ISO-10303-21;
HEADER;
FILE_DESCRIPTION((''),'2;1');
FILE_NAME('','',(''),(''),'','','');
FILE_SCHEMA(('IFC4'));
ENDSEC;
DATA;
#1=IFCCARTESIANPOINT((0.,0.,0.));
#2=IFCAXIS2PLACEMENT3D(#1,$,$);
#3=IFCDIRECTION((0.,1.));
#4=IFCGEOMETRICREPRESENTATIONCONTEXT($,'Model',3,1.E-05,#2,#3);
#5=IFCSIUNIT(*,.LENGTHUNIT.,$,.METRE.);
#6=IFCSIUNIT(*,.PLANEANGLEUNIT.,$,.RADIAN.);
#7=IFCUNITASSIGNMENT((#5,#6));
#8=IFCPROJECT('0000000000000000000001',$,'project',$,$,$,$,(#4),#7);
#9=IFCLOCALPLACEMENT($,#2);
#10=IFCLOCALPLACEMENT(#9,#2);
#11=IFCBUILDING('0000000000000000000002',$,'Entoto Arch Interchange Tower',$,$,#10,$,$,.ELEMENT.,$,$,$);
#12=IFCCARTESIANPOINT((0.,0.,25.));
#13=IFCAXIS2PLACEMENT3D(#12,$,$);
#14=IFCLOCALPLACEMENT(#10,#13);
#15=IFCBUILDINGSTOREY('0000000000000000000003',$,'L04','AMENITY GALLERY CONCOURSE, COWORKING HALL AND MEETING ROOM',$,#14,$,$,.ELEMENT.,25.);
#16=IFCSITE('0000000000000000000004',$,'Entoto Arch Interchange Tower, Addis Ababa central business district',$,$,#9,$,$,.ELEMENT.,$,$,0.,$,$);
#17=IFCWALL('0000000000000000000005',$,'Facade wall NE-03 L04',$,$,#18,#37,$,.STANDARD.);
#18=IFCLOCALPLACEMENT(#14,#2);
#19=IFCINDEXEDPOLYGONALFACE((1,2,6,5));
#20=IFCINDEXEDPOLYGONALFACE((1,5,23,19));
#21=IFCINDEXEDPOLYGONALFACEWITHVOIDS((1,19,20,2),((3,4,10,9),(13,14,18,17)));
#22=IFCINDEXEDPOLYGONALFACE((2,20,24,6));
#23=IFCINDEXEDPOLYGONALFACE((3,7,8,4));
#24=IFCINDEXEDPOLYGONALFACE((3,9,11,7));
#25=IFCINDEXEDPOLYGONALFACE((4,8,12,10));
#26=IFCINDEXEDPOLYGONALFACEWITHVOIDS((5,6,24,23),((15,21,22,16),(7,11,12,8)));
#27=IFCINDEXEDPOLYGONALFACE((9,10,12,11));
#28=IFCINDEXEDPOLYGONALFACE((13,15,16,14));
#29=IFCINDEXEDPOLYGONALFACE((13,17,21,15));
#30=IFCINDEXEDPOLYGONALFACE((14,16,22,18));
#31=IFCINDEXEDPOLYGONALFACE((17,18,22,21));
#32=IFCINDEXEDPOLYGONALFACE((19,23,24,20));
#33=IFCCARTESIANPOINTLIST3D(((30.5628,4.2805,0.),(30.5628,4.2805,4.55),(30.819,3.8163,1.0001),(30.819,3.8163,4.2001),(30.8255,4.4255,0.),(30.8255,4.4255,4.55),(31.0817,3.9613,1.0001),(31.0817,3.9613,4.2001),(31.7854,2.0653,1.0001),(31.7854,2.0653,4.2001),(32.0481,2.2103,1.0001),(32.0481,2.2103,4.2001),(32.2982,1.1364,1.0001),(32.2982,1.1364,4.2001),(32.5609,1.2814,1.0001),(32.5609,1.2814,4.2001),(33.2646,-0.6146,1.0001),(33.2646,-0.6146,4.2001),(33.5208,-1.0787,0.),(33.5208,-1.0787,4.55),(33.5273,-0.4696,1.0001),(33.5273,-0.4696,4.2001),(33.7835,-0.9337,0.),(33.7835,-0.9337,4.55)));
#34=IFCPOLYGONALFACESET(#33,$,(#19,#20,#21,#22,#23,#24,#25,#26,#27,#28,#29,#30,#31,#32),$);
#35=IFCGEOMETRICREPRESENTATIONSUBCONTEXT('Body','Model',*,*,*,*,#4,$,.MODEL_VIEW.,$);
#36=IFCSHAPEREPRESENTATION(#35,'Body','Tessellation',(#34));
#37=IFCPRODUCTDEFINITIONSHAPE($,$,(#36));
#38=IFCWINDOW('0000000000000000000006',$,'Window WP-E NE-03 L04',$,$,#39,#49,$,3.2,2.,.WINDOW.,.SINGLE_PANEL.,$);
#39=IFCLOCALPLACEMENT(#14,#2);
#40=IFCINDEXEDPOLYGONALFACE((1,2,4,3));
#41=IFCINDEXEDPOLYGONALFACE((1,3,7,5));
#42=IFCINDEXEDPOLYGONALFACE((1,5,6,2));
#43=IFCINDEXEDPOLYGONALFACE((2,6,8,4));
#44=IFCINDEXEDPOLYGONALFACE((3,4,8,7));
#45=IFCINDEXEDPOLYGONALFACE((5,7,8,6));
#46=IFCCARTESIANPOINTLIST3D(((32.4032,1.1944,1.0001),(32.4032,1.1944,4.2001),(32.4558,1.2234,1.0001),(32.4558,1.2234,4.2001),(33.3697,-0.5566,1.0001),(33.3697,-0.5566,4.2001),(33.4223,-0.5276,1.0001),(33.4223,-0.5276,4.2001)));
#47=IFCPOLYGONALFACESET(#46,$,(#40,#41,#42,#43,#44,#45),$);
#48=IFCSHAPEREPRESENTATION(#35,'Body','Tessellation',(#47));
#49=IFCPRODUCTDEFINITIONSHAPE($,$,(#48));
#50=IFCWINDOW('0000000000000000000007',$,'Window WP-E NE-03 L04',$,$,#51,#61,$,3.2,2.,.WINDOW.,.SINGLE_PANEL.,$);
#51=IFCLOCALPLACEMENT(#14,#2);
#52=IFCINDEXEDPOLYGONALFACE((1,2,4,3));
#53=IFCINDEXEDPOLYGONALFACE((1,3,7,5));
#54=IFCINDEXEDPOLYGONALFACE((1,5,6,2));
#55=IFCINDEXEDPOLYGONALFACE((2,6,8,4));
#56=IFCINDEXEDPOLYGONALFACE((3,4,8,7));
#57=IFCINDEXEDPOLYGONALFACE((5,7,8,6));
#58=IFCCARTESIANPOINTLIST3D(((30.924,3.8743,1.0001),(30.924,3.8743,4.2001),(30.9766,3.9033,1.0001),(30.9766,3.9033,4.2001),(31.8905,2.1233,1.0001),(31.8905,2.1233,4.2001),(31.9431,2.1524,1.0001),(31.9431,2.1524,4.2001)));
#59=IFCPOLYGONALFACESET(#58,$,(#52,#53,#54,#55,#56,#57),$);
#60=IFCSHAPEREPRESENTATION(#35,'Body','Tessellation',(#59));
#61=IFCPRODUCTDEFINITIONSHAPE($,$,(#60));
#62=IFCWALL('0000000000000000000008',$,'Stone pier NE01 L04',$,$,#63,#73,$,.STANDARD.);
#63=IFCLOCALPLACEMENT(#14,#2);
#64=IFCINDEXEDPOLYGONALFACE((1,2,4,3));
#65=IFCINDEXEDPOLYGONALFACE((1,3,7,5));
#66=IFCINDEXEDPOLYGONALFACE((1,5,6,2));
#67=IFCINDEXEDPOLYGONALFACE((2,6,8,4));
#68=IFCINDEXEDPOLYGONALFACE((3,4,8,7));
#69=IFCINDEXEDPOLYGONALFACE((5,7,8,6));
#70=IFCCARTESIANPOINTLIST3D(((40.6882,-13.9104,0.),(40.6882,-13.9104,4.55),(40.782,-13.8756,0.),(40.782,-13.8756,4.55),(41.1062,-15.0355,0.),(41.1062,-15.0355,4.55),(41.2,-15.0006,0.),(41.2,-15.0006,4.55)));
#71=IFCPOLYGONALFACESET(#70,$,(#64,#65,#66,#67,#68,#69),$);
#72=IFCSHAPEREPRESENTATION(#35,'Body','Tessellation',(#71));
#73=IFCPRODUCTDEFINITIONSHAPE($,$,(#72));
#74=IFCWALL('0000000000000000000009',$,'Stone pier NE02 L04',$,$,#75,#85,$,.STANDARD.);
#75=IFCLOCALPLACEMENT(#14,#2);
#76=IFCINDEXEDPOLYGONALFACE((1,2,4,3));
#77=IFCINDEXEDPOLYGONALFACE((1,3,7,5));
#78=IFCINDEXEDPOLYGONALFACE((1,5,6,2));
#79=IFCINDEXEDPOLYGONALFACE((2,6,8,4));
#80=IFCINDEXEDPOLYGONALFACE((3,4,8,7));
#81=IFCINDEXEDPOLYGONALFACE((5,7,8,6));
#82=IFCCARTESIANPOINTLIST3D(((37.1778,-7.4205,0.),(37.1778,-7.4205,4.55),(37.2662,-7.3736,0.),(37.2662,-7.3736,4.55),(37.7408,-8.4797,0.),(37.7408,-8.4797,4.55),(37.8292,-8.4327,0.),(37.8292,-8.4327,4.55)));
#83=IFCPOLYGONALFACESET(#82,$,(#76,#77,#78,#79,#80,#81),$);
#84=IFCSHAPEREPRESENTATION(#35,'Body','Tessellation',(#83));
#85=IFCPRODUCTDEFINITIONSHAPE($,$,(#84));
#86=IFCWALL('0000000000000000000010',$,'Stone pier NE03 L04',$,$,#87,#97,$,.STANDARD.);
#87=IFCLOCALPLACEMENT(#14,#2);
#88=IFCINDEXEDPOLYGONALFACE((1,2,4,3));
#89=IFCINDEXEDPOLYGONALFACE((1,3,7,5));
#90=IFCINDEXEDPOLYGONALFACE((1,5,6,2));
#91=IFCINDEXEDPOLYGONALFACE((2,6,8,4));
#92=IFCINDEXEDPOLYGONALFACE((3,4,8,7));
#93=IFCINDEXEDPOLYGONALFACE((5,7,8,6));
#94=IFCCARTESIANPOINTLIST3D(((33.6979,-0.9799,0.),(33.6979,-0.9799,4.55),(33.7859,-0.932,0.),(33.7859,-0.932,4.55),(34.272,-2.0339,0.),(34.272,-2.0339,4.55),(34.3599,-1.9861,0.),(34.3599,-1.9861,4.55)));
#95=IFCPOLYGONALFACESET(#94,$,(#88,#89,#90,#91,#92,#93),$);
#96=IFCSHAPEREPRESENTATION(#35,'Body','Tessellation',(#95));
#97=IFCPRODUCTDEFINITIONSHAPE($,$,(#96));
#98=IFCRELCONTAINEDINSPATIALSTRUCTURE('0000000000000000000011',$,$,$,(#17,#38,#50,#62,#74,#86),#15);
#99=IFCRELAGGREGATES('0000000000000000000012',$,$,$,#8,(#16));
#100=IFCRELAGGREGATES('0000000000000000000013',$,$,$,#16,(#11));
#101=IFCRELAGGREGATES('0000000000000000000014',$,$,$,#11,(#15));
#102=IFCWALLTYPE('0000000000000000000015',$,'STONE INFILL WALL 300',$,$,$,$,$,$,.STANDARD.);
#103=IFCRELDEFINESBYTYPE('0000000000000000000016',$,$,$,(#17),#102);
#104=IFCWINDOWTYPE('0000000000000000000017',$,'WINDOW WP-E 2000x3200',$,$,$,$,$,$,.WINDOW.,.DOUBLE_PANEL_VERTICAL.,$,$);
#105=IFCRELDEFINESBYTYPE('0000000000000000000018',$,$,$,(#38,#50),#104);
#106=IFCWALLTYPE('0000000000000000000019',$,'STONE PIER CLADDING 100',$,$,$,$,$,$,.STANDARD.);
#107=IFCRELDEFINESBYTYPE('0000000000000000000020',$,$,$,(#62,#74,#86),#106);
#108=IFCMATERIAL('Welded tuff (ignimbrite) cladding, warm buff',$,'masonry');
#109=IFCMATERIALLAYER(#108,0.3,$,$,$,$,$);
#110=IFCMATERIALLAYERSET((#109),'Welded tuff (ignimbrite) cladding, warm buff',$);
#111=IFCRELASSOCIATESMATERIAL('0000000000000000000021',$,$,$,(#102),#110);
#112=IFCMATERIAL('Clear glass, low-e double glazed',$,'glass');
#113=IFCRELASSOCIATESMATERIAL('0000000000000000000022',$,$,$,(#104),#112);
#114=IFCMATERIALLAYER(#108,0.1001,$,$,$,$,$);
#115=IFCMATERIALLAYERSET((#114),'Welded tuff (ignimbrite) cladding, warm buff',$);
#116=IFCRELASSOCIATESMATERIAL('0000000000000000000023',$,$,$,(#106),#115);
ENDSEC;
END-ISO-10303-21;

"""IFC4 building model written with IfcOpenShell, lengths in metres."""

from ifc_helpers import new_model, si_unit, direction, frame, frame_2d, origin, place, context, subcontext, project, spatial, rectangle, extrude, material, layer, layer_set, type_object, element, fill, save


model = new_model("IFC4")

# Units and contexts
model_context = context("Model", 3, precision=1e-05, world=origin(), true_north=direction((0.0, 1.0)))
body_context = subcontext(model_context, "Body", "Model", "MODEL_VIEW")
ifc_project = project(units=[si_unit("LENGTHUNIT", "METRE"), si_unit("PLANEANGLEUNIT", "RADIAN")], contexts=[model_context])

# Site, building, storey
site_placement = place(None, origin())
site = spatial("IfcSite", under=ifc_project, at=site_placement, Name="Entoto Arch Interchange Tower, Addis Ababa central business district", CompositionType="ELEMENT", RefElevation=0.0)
building_placement = place(site_placement, origin())
building = spatial("IfcBuilding", under=site, at=building_placement, Name="Entoto Arch Interchange Tower", CompositionType="ELEMENT")
storey_placement = place(building_placement, frame((0.0, 0.0, 25.0)))
storey = spatial("IfcBuildingStorey", under=building, at=storey_placement, Name="L04", Description="AMENITY GALLERY CONCOURSE, COWORKING HALL AND MEETING ROOM", CompositionType="ELEMENT", Elevation=25.0)

# Wall, openings, windows
ifc_material_1 = material(Name="Welded tuff (ignimbrite) cladding, warm buff", Category="masonry")
ifc_layer_1 = layer(ifc_material_1, 0.3)
ifc_layer_set_1 = layer_set([ifc_layer_1], Name="Welded tuff (ignimbrite) cladding, warm buff")
wall_type_1 = type_object("IfcWallType", Name="STONE INFILL WALL 300", PredefinedType="STANDARD", material=ifc_layer_set_1)
ifc_material_2 = material(Name="Clear glass, low-e double glazed", Category="glass")
window_type = type_object("IfcWindowType", Name="WINDOW WP-E 2000x3200", PartitioningType="DOUBLE_PANEL_VERTICAL", PredefinedType="WINDOW", material=ifc_material_2)
wall_1_placement = place(storey_placement, frame((33.6521, -1.0061, 0.0), z_axis=(0.0, 0.0, 1.0), x_axis=(-0.483233, 0.875492, 0.0)))
wall_1 = element("IfcWall", 1, at=wall_1_placement, inside=storey, type_object=wall_type_1, Name="Facade wall NE-03 L04", PredefinedType="STANDARD", context=body_context, shape_type="SweptSolid", body=[
    extrude(rectangle(XDim=6.1213, YDim=0.3, at=frame_2d((3.0605, 0.0))), origin(), (0.0, 0.0, 1.0), 4.55),
])
opening_1_placement = place(wall_1_placement, frame((0.53, 0.0, 1.0)))
opening_1 = element("IfcOpeningElement", 2, at=opening_1_placement, cuts=wall_1, PredefinedType="OPENING", context=body_context, shape_type="SweptSolid", body=[
    extrude(rectangle(XDim=2.0, YDim=3.2, at=frame_2d((1.0, 1.6001))), frame((0.0, 0.1602, 0.0), z_axis=(0.0, -1.0, 0.0), x_axis=(1.0, 0.0, 0.0)), (0.0, 0.0, 1.0), 0.3201),
])
opening_2_placement = place(wall_1_placement, frame((3.5911, 0.0, 1.0)))
opening_2 = element("IfcOpeningElement", 3, at=opening_2_placement, cuts=wall_1, PredefinedType="OPENING", context=body_context, shape_type="SweptSolid", body=[
    extrude(rectangle(XDim=2.0, YDim=3.2, at=frame_2d((1.0, 1.6001))), frame((0.0, 0.1602, 0.0), z_axis=(0.0, -1.0, 0.0), x_axis=(1.0, 0.0, 0.0)), (0.0, 0.0, 1.0), 0.3201),
])
window_1_placement = place(opening_1_placement, origin())
window_1 = element("IfcWindow", 4, at=window_1_placement, inside=storey, type_object=window_type, Name="Window WP-E NE-03 L04", OverallHeight=3.2, OverallWidth=2.0, PartitioningType="SINGLE_PANEL", PredefinedType="WINDOW", context=body_context, shape_type="SweptSolid", body=[
    extrude(rectangle(XDim=2.0, YDim=3.2, at=frame_2d((1.0, 1.6001))), frame((0.0, 0.03, 0.0), z_axis=(0.0, -1.0, 0.0), x_axis=(1.0, 0.0, 0.0)), (0.0, 0.0, 1.0), 0.0601),
])
fill(opening_1, window_1)
window_2_placement = place(opening_2_placement, origin())
window_2 = element("IfcWindow", 5, at=window_2_placement, inside=storey, type_object=window_type, Name="Window WP-E NE-03 L04", OverallHeight=3.2, OverallWidth=2.0, PartitioningType="SINGLE_PANEL", PredefinedType="WINDOW", context=body_context, shape_type="SweptSolid", body=[
    extrude(rectangle(XDim=2.0, YDim=3.2, at=frame_2d((1.0, 1.6001))), frame((0.0, 0.03, 0.0), z_axis=(0.0, -1.0, 0.0), x_axis=(1.0, 0.0, 0.0)), (0.0, 0.0, 1.0), 0.0601),
])
fill(opening_2, window_2)

# Walls
ifc_layer_2 = layer(ifc_material_1, 0.1001)
ifc_layer_set_2 = layer_set([ifc_layer_2], Name="Welded tuff (ignimbrite) cladding, warm buff")
wall_type_2 = type_object("IfcWallType", Name="STONE PIER CLADDING 100", PredefinedType="STANDARD", material=ifc_layer_set_2)
wall_2_placement = place(storey_placement, frame((41.1531, -15.0181, 0.0), z_axis=(0.0, 0.0, 1.0), x_axis=(-0.348268, 0.937395, 0.0)))
element("IfcWall", 6, at=wall_2_placement, inside=storey, type_object=wall_type_2, Name="Stone pier NE01 L04", PredefinedType="STANDARD", context=body_context, shape_type="SweptSolid", body=[
    extrude(rectangle(XDim=1.2002, YDim=0.1001, at=frame_2d((0.6001, 0.0))), origin(), (0.0, 0.0, 1.0), 4.55),
])
wall_3_placement = place(storey_placement, frame((37.7849, -8.4561, 0.0), z_axis=(0.0, 0.0, 1.0), x_axis=(-0.469383, 0.882994, 0.0)))
element("IfcWall", 7, at=wall_3_placement, inside=storey, type_object=wall_type_2, Name="Stone pier NE02 L04", PredefinedType="STANDARD", context=body_context, shape_type="SweptSolid", body=[
    extrude(rectangle(XDim=1.1995, YDim=0.1001, at=frame_2d((0.5996, 0.0))), origin(), (0.0, 0.0, 1.0), 4.55),
])
wall_4_placement = place(storey_placement, frame((34.3159, -2.01, 0.0), z_axis=(0.0, 0.0, 1.0), x_axis=(-0.478268, 0.878214, 0.0)))
element("IfcWall", 8, at=wall_4_placement, inside=storey, type_object=wall_type_2, Name="Stone pier NE03 L04", PredefinedType="STANDARD", context=body_context, shape_type="SweptSolid", body=[
    extrude(rectangle(XDim=1.2002, YDim=0.1001, at=frame_2d((0.6001, 0.0))), origin(), (0.0, 0.0, 1.0), 4.55),
])

save(model, "model.ifc")
